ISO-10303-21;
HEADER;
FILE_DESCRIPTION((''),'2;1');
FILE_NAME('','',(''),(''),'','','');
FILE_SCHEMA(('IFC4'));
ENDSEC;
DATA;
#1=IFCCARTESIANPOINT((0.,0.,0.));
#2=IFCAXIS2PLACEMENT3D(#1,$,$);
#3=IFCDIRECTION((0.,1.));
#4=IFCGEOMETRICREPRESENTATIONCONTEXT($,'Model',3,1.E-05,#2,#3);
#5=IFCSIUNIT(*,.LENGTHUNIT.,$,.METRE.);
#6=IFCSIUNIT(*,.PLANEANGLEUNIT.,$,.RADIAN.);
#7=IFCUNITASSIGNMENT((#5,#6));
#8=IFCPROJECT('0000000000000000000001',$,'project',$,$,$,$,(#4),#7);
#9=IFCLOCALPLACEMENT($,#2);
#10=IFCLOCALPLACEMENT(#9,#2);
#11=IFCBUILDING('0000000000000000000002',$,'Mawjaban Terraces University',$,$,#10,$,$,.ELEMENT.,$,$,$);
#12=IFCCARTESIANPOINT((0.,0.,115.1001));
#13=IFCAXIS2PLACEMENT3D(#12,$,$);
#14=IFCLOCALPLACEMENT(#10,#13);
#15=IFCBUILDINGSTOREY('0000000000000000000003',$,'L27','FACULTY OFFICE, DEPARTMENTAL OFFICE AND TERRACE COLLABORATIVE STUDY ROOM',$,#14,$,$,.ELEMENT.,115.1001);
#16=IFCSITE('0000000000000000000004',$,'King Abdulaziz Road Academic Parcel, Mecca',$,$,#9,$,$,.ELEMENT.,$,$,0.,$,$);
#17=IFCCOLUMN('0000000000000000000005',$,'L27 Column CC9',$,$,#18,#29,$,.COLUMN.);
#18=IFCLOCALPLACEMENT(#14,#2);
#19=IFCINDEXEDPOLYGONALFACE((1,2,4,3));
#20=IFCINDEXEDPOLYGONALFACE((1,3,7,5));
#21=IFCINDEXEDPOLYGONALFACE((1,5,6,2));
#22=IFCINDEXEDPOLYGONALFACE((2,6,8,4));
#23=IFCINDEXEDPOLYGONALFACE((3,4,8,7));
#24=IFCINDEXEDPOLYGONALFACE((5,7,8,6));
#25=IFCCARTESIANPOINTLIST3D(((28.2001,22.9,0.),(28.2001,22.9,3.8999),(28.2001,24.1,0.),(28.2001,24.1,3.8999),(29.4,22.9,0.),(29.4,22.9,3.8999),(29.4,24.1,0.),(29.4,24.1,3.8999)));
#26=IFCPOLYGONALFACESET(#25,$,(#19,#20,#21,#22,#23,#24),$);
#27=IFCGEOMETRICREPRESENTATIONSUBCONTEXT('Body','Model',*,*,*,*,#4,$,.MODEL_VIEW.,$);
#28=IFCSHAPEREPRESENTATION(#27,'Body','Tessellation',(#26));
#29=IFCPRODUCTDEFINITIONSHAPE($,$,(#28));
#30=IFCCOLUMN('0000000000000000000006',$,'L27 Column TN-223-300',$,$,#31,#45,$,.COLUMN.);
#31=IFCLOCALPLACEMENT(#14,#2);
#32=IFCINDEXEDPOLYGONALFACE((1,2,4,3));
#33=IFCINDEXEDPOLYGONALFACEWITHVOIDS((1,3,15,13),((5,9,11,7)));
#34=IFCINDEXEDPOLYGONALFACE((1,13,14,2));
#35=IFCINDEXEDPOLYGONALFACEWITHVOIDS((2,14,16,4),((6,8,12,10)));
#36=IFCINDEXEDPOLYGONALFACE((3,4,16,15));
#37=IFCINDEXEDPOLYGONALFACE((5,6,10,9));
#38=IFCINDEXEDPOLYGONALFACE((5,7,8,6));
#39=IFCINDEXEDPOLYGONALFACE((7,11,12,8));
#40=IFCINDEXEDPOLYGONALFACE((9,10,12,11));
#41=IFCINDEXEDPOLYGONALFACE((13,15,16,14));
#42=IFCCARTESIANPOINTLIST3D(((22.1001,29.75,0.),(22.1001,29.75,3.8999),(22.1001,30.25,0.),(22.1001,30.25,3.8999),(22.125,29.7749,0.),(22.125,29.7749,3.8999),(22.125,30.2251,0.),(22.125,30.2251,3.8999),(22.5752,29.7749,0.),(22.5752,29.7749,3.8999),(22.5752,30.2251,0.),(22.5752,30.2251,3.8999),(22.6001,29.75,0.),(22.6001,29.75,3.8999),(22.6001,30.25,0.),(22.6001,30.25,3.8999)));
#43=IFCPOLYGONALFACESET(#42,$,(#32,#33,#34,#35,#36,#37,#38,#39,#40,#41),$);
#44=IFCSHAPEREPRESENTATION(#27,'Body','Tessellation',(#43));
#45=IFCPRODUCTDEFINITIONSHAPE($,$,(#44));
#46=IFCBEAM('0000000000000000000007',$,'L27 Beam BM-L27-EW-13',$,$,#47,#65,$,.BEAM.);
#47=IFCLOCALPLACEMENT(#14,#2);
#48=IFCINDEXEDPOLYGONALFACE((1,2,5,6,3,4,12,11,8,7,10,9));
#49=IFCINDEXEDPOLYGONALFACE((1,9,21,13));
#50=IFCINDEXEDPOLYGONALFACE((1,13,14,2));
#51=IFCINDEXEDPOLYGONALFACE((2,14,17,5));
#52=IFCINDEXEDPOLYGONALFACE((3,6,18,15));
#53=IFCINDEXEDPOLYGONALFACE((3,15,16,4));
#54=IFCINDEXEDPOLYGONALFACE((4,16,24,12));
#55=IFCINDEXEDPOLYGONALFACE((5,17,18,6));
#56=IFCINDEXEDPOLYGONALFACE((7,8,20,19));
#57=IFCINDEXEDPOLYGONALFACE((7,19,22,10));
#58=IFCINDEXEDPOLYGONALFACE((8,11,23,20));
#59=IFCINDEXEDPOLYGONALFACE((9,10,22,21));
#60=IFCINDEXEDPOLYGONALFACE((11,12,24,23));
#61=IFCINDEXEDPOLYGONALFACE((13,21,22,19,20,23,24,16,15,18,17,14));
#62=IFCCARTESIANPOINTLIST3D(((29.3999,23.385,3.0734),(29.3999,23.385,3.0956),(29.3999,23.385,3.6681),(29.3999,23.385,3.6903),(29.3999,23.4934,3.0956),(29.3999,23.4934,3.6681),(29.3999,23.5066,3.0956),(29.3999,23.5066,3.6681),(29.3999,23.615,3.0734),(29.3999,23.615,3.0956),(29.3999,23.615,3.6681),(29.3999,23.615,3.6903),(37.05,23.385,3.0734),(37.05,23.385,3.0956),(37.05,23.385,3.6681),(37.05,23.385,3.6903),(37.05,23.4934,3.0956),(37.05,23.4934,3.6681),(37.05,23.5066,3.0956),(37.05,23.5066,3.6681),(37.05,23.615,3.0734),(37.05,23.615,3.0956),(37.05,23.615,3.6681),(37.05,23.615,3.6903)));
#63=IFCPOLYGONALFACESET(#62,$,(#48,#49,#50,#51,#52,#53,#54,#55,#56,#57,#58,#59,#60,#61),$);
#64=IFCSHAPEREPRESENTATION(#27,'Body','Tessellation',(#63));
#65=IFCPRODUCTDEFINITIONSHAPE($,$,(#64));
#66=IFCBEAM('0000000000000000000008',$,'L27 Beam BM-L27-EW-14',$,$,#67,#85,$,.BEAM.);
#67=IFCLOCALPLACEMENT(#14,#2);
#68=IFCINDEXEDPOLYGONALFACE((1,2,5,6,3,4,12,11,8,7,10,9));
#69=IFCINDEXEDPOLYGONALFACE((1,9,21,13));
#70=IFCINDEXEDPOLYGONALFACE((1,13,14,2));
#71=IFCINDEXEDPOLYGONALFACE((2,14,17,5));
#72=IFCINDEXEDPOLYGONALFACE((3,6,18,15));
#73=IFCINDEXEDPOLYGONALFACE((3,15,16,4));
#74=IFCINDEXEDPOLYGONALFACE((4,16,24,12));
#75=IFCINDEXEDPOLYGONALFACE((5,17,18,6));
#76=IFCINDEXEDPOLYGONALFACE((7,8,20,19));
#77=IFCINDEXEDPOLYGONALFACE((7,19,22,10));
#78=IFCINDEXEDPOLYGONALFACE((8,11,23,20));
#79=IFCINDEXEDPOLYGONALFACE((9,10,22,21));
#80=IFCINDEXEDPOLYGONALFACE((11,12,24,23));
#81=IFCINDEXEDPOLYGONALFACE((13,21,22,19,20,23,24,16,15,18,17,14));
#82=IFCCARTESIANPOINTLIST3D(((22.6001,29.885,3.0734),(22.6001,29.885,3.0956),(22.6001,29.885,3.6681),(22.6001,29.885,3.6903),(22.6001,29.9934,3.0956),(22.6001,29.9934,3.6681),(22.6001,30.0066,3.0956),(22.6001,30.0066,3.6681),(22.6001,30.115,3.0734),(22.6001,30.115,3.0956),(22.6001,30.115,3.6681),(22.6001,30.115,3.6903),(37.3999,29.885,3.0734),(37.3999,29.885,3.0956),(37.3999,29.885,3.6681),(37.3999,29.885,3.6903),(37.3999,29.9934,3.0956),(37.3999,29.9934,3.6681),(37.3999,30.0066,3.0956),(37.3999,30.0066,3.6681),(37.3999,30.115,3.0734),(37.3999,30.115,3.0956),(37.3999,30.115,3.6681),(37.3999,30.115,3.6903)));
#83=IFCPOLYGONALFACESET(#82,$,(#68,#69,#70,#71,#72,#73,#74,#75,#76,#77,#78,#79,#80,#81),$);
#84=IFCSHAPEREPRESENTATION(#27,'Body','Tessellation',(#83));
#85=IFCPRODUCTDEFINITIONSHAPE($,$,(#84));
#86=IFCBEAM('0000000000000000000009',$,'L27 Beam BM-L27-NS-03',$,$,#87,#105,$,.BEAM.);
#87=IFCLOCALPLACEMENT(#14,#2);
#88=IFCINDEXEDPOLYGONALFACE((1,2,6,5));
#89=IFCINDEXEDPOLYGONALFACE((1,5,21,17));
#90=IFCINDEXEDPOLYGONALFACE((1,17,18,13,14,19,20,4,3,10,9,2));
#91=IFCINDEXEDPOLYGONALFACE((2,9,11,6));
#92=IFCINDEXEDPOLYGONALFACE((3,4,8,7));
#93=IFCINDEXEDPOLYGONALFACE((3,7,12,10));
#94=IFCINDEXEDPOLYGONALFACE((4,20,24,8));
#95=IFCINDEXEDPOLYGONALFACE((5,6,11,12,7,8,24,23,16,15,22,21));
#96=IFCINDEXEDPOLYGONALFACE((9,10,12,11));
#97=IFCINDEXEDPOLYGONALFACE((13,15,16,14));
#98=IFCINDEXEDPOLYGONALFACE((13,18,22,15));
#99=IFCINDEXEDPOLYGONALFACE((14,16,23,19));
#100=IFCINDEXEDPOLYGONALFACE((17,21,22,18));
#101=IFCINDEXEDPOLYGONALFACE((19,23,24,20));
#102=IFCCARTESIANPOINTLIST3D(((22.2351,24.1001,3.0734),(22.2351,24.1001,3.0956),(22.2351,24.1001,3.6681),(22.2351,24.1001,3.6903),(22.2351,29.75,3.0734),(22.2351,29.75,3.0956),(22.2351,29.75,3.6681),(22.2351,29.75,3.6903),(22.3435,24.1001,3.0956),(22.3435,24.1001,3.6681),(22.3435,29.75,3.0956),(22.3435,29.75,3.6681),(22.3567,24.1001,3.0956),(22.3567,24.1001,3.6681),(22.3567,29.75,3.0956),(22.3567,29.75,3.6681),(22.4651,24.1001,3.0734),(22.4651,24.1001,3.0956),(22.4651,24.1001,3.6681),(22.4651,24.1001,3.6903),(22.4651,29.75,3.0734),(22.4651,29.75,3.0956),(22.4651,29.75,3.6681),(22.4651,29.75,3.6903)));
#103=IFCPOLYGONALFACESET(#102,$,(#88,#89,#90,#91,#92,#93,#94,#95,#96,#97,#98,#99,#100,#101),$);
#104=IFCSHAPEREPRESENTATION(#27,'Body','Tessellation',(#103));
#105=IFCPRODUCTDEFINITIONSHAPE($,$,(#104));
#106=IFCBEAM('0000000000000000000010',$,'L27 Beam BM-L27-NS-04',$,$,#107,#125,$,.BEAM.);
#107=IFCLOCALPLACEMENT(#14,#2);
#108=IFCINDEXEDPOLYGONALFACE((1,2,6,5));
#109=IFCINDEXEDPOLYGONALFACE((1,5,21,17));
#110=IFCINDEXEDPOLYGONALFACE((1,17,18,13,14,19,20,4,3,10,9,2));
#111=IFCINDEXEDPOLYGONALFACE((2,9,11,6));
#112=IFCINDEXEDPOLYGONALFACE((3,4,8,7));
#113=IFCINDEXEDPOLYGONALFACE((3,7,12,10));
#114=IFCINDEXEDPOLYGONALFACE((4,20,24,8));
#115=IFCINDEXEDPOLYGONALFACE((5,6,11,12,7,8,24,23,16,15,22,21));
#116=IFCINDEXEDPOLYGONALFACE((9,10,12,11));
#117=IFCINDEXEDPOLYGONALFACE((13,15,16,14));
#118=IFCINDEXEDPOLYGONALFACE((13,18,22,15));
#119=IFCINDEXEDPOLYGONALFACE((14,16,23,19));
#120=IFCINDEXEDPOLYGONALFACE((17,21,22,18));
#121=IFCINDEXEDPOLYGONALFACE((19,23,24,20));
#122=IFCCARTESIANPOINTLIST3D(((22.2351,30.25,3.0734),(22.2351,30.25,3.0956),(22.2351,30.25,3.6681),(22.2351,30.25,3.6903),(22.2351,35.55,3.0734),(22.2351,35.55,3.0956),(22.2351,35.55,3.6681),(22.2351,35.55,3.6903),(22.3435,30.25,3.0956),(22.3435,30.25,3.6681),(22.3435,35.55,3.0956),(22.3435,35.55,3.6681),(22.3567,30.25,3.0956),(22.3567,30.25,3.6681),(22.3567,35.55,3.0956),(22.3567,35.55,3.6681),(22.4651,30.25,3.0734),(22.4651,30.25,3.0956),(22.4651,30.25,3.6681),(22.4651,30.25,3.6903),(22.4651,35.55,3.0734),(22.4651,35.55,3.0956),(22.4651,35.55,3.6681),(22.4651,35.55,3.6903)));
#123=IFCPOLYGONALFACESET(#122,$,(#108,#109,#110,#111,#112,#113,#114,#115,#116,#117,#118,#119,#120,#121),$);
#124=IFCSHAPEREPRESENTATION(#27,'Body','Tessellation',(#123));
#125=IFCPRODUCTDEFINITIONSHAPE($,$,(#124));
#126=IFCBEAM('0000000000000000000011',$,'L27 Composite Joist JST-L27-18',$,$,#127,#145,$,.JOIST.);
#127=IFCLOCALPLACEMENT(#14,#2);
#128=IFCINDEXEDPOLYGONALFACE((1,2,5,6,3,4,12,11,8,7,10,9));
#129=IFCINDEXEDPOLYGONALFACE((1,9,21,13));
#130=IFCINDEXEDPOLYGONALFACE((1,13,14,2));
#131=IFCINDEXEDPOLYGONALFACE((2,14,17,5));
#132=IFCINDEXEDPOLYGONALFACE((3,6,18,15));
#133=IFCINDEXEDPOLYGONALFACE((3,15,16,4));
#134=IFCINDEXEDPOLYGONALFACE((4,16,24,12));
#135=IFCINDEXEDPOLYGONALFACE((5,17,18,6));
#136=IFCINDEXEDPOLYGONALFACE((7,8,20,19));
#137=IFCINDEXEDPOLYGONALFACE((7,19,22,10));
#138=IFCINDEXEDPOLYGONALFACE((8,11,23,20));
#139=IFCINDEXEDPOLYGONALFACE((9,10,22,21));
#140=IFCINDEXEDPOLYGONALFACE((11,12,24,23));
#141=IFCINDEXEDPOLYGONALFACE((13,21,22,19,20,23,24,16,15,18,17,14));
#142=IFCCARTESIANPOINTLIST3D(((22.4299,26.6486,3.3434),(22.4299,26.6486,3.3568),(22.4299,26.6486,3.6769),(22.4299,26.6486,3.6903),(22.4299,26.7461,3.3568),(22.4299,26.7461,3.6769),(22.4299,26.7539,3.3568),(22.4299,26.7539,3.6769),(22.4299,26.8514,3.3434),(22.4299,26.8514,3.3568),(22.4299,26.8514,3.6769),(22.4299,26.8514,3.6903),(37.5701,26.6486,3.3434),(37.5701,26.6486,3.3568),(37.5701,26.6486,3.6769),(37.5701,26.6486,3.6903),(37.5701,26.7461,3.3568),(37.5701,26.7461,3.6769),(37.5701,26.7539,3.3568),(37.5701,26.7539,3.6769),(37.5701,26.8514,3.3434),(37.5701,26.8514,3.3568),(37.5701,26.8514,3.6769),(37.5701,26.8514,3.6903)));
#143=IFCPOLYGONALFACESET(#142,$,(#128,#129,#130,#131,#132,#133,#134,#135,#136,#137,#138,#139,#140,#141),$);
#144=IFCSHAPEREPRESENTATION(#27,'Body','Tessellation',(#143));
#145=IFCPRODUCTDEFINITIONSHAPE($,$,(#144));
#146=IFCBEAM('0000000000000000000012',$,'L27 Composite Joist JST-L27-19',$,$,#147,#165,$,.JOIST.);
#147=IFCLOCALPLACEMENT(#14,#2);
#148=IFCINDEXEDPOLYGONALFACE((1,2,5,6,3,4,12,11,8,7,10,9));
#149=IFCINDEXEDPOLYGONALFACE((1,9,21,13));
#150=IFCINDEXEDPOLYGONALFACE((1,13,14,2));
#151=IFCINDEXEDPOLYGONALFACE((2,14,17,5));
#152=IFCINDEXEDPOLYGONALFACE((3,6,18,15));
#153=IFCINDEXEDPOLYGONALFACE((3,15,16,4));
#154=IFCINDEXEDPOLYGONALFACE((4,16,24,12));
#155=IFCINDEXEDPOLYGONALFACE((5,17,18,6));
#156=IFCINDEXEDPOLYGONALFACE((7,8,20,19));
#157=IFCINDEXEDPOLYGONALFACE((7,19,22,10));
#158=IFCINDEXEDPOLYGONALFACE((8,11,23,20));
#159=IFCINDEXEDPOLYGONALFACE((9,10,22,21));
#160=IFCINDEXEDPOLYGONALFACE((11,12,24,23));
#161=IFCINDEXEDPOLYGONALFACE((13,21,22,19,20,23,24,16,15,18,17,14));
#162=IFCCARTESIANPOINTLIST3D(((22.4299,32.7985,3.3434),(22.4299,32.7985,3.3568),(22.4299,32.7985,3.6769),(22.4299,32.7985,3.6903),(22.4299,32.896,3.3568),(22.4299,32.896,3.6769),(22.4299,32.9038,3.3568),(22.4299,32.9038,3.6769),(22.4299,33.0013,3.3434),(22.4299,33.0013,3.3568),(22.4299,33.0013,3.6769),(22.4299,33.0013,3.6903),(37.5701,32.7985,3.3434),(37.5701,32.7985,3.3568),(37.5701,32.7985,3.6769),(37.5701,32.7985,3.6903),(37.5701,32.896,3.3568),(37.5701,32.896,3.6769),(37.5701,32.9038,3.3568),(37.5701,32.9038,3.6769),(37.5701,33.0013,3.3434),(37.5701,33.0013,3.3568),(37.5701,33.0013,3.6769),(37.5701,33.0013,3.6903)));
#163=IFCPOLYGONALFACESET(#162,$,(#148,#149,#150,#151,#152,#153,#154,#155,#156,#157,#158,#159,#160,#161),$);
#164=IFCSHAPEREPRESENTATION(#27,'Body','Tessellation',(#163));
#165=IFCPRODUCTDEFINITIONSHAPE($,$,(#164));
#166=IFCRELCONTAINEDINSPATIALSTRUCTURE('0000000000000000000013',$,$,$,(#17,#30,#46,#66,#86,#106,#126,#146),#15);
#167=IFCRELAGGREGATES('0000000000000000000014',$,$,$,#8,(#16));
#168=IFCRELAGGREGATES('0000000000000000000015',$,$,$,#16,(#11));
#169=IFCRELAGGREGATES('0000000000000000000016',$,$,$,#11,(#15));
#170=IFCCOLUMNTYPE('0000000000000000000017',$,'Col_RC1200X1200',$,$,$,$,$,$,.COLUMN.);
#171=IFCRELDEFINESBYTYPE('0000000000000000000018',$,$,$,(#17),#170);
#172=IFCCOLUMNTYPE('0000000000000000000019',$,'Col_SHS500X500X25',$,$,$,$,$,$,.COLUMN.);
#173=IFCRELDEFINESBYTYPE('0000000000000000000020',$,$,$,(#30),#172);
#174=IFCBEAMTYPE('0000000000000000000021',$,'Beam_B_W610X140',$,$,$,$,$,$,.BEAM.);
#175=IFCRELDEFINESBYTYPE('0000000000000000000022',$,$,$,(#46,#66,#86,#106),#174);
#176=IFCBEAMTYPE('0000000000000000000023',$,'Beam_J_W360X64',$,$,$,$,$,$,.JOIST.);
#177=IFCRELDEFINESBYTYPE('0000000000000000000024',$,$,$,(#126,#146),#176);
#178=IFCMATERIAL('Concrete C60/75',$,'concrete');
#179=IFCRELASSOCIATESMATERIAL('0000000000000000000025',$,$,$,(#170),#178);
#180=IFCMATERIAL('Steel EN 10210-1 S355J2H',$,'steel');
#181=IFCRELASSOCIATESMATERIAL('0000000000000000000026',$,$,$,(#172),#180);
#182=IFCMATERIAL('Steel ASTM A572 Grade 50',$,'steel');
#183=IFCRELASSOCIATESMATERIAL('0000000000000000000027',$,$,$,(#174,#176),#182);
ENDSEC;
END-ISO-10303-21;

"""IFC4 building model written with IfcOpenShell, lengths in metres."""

from ifc_helpers import new_model, si_unit, direction, frame, origin, origin_2d, place, context, subcontext, project, spatial, rectangle, hollow_rectangle, i_section, extrude, material, material_profile, profile_set, type_object, element, save


model = new_model("IFC4")

# Units and contexts
model_context = context("Model", 3, precision=1e-05, world=origin(), true_north=direction((0.0, 1.0)))
body_context = subcontext(model_context, "Body", "Model", "MODEL_VIEW")
ifc_project = project(units=[si_unit("LENGTHUNIT", "METRE"), si_unit("PLANEANGLEUNIT", "RADIAN")], contexts=[model_context])

# Site, building, storey
site_placement = place(None, origin())
site = spatial("IfcSite", under=ifc_project, at=site_placement, Name="King Abdulaziz Road Academic Parcel, Mecca", CompositionType="ELEMENT", RefElevation=0.0)
building_placement = place(site_placement, origin())
building = spatial("IfcBuilding", under=site, at=building_placement, Name="Mawjaban Terraces University", CompositionType="ELEMENT")
storey_placement = place(building_placement, frame((0.0, 0.0, 115.1001)))
storey = spatial("IfcBuildingStorey", under=building, at=storey_placement, Name="L27", Description="FACULTY OFFICE, DEPARTMENTAL OFFICE AND TERRACE COLLABORATIVE STUDY ROOM", CompositionType="ELEMENT", Elevation=115.1001)

# Columns
ifc_material_1 = material(Name="Concrete C60/75", Category="concrete")
ifc_material_profile_1 = material_profile(ifc_material_1, rectangle(XDim=1.2, YDim=1.2, at=origin_2d()), Name="RC1200X1200")
ifc_profile_set_1 = profile_set([ifc_material_profile_1], Name="Concrete C60/75")
column_type_1 = type_object("IfcColumnType", Name="Col_RC1200X1200", PredefinedType="COLUMN", material=ifc_profile_set_1)
column_1_placement = place(storey_placement, frame((28.8, 23.5, 0.0), z_axis=(0.0, 0.0, 1.0), x_axis=(1.0, 0.0, 0.0)))
element("IfcColumn", 1, at=column_1_placement, inside=storey, type_object=column_type_1, Name="L27 Column CC9", PredefinedType="COLUMN", context=body_context, shape_type="SweptSolid", body=[
    extrude(rectangle(XDim=1.2, YDim=1.2, at=origin_2d()), origin(), (0.0, 0.0, 1.0), 3.8999),
])
ifc_material_2 = material(Name="Steel EN 10210-1 S355J2H", Category="steel")
ifc_material_profile_2 = material_profile(ifc_material_2, hollow_rectangle(XDim=0.5, YDim=0.5, WallThickness=0.0249, at=origin_2d()), Name="SHS500X500X25")
ifc_profile_set_2 = profile_set([ifc_material_profile_2], Name="Steel EN 10210-1 S355J2H")
column_type_2 = type_object("IfcColumnType", Name="Col_SHS500X500X25", PredefinedType="COLUMN", material=ifc_profile_set_2)
column_2_placement = place(storey_placement, frame((22.3501, 30.0, 0.0), z_axis=(0.0, 0.0, 1.0), x_axis=(1.0, 0.0, 0.0)))
element("IfcColumn", 2, at=column_2_placement, inside=storey, type_object=column_type_2, Name="L27 Column TN-223-300", PredefinedType="COLUMN", context=body_context, shape_type="SweptSolid", body=[
    extrude(hollow_rectangle(XDim=0.5, YDim=0.5, WallThickness=0.0249, at=origin_2d()), origin(), (0.0, 0.0, 1.0), 3.8999),
])

# Beams
ifc_material_3 = material(Name="Steel ASTM A572 Grade 50", Category="steel")
ifc_material_profile_3 = material_profile(ifc_material_3, i_section(OverallWidth=0.23, OverallDepth=0.6169, WebThickness=0.0132, FlangeThickness=0.0222, at=origin_2d()), Name="W610X140")
ifc_profile_set_3 = profile_set([ifc_material_profile_3], Name="Steel ASTM A572 Grade 50")
beam_type_1 = type_object("IfcBeamType", Name="Beam_B_W610X140", PredefinedType="BEAM", material=ifc_profile_set_3)
beam_1_placement = place(storey_placement, frame((29.3999, 23.5, 3.3818), z_axis=(1.0, 0.0, 0.0), x_axis=(0.0, 1.0, 0.0)))
element("IfcBeam", 3, at=beam_1_placement, inside=storey, type_object=beam_type_1, Name="L27 Beam BM-L27-EW-13", PredefinedType="BEAM", context=body_context, shape_type="SweptSolid", body=[
    extrude(i_section(OverallWidth=0.23, OverallDepth=0.6169, WebThickness=0.0132, FlangeThickness=0.0222, at=origin_2d()), origin(), (0.0, 0.0, 1.0), 7.6501),
])
beam_2_placement = place(storey_placement, frame((22.6001, 30.0, 3.3818), z_axis=(1.0, 0.0, 0.0), x_axis=(0.0, 1.0, 0.0)))
element("IfcBeam", 4, at=beam_2_placement, inside=storey, type_object=beam_type_1, Name="L27 Beam BM-L27-EW-14", PredefinedType="BEAM", context=body_context, shape_type="SweptSolid", body=[
    extrude(i_section(OverallWidth=0.23, OverallDepth=0.6169, WebThickness=0.0132, FlangeThickness=0.0222, at=origin_2d()), origin(), (0.0, 0.0, 1.0), 14.7998),
])
beam_3_placement = place(storey_placement, frame((22.3501, 24.1001, 3.3818), z_axis=(0.0, 1.0, 0.0), x_axis=(-1.0, 0.0, 0.0)))
element("IfcBeam", 5, at=beam_3_placement, inside=storey, type_object=beam_type_1, Name="L27 Beam BM-L27-NS-03", PredefinedType="BEAM", context=body_context, shape_type="SweptSolid", body=[
    extrude(i_section(OverallWidth=0.23, OverallDepth=0.6169, WebThickness=0.0132, FlangeThickness=0.0222, at=origin_2d()), origin(), (0.0, 0.0, 1.0), 5.6499),
])
beam_4_placement = place(storey_placement, frame((22.3501, 30.25, 3.3818), z_axis=(0.0, 1.0, 0.0), x_axis=(-1.0, 0.0, 0.0)))
element("IfcBeam", 6, at=beam_4_placement, inside=storey, type_object=beam_type_1, Name="L27 Beam BM-L27-NS-04", PredefinedType="BEAM", context=body_context, shape_type="SweptSolid", body=[
    extrude(i_section(OverallWidth=0.23, OverallDepth=0.6169, WebThickness=0.0132, FlangeThickness=0.0222, at=origin_2d()), origin(), (0.0, 0.0, 1.0), 5.3),
])
ifc_material_profile_4 = material_profile(ifc_material_3, i_section(OverallWidth=0.2029, OverallDepth=0.3469, WebThickness=0.0078, FlangeThickness=0.0134, at=origin_2d()), Name="W360X64")
ifc_profile_set_4 = profile_set([ifc_material_profile_4], Name="Steel ASTM A572 Grade 50")
beam_type_2 = type_object("IfcBeamType", Name="Beam_J_W360X64", PredefinedType="JOIST", material=ifc_profile_set_4)
for number, where, z_axis, x_axis, name in (
    (7, (22.4299, 26.75, 3.5168), (1.0, 0.0, 0.0), (0.0, 1.0, 0.0), "L27 Composite Joist JST-L27-18"),
    (8, (22.4299, 32.8999, 3.5168), (1.0, 0.0, 0.0), (0.0, 1.0, 0.0), "L27 Composite Joist JST-L27-19"),
):
    element("IfcBeam", number, at=place(storey_placement, frame(where, z_axis=z_axis, x_axis=x_axis)), inside=storey, type_object=beam_type_2, Name=name, PredefinedType="JOIST", context=body_context, shape_type="SweptSolid", body=[
        extrude(i_section(OverallWidth=0.2029, OverallDepth=0.3469, WebThickness=0.0078, FlangeThickness=0.0134, at=origin_2d()), origin(), (0.0, 0.0, 1.0), 15.1401),
    ])

save(model, "model.ifc")
